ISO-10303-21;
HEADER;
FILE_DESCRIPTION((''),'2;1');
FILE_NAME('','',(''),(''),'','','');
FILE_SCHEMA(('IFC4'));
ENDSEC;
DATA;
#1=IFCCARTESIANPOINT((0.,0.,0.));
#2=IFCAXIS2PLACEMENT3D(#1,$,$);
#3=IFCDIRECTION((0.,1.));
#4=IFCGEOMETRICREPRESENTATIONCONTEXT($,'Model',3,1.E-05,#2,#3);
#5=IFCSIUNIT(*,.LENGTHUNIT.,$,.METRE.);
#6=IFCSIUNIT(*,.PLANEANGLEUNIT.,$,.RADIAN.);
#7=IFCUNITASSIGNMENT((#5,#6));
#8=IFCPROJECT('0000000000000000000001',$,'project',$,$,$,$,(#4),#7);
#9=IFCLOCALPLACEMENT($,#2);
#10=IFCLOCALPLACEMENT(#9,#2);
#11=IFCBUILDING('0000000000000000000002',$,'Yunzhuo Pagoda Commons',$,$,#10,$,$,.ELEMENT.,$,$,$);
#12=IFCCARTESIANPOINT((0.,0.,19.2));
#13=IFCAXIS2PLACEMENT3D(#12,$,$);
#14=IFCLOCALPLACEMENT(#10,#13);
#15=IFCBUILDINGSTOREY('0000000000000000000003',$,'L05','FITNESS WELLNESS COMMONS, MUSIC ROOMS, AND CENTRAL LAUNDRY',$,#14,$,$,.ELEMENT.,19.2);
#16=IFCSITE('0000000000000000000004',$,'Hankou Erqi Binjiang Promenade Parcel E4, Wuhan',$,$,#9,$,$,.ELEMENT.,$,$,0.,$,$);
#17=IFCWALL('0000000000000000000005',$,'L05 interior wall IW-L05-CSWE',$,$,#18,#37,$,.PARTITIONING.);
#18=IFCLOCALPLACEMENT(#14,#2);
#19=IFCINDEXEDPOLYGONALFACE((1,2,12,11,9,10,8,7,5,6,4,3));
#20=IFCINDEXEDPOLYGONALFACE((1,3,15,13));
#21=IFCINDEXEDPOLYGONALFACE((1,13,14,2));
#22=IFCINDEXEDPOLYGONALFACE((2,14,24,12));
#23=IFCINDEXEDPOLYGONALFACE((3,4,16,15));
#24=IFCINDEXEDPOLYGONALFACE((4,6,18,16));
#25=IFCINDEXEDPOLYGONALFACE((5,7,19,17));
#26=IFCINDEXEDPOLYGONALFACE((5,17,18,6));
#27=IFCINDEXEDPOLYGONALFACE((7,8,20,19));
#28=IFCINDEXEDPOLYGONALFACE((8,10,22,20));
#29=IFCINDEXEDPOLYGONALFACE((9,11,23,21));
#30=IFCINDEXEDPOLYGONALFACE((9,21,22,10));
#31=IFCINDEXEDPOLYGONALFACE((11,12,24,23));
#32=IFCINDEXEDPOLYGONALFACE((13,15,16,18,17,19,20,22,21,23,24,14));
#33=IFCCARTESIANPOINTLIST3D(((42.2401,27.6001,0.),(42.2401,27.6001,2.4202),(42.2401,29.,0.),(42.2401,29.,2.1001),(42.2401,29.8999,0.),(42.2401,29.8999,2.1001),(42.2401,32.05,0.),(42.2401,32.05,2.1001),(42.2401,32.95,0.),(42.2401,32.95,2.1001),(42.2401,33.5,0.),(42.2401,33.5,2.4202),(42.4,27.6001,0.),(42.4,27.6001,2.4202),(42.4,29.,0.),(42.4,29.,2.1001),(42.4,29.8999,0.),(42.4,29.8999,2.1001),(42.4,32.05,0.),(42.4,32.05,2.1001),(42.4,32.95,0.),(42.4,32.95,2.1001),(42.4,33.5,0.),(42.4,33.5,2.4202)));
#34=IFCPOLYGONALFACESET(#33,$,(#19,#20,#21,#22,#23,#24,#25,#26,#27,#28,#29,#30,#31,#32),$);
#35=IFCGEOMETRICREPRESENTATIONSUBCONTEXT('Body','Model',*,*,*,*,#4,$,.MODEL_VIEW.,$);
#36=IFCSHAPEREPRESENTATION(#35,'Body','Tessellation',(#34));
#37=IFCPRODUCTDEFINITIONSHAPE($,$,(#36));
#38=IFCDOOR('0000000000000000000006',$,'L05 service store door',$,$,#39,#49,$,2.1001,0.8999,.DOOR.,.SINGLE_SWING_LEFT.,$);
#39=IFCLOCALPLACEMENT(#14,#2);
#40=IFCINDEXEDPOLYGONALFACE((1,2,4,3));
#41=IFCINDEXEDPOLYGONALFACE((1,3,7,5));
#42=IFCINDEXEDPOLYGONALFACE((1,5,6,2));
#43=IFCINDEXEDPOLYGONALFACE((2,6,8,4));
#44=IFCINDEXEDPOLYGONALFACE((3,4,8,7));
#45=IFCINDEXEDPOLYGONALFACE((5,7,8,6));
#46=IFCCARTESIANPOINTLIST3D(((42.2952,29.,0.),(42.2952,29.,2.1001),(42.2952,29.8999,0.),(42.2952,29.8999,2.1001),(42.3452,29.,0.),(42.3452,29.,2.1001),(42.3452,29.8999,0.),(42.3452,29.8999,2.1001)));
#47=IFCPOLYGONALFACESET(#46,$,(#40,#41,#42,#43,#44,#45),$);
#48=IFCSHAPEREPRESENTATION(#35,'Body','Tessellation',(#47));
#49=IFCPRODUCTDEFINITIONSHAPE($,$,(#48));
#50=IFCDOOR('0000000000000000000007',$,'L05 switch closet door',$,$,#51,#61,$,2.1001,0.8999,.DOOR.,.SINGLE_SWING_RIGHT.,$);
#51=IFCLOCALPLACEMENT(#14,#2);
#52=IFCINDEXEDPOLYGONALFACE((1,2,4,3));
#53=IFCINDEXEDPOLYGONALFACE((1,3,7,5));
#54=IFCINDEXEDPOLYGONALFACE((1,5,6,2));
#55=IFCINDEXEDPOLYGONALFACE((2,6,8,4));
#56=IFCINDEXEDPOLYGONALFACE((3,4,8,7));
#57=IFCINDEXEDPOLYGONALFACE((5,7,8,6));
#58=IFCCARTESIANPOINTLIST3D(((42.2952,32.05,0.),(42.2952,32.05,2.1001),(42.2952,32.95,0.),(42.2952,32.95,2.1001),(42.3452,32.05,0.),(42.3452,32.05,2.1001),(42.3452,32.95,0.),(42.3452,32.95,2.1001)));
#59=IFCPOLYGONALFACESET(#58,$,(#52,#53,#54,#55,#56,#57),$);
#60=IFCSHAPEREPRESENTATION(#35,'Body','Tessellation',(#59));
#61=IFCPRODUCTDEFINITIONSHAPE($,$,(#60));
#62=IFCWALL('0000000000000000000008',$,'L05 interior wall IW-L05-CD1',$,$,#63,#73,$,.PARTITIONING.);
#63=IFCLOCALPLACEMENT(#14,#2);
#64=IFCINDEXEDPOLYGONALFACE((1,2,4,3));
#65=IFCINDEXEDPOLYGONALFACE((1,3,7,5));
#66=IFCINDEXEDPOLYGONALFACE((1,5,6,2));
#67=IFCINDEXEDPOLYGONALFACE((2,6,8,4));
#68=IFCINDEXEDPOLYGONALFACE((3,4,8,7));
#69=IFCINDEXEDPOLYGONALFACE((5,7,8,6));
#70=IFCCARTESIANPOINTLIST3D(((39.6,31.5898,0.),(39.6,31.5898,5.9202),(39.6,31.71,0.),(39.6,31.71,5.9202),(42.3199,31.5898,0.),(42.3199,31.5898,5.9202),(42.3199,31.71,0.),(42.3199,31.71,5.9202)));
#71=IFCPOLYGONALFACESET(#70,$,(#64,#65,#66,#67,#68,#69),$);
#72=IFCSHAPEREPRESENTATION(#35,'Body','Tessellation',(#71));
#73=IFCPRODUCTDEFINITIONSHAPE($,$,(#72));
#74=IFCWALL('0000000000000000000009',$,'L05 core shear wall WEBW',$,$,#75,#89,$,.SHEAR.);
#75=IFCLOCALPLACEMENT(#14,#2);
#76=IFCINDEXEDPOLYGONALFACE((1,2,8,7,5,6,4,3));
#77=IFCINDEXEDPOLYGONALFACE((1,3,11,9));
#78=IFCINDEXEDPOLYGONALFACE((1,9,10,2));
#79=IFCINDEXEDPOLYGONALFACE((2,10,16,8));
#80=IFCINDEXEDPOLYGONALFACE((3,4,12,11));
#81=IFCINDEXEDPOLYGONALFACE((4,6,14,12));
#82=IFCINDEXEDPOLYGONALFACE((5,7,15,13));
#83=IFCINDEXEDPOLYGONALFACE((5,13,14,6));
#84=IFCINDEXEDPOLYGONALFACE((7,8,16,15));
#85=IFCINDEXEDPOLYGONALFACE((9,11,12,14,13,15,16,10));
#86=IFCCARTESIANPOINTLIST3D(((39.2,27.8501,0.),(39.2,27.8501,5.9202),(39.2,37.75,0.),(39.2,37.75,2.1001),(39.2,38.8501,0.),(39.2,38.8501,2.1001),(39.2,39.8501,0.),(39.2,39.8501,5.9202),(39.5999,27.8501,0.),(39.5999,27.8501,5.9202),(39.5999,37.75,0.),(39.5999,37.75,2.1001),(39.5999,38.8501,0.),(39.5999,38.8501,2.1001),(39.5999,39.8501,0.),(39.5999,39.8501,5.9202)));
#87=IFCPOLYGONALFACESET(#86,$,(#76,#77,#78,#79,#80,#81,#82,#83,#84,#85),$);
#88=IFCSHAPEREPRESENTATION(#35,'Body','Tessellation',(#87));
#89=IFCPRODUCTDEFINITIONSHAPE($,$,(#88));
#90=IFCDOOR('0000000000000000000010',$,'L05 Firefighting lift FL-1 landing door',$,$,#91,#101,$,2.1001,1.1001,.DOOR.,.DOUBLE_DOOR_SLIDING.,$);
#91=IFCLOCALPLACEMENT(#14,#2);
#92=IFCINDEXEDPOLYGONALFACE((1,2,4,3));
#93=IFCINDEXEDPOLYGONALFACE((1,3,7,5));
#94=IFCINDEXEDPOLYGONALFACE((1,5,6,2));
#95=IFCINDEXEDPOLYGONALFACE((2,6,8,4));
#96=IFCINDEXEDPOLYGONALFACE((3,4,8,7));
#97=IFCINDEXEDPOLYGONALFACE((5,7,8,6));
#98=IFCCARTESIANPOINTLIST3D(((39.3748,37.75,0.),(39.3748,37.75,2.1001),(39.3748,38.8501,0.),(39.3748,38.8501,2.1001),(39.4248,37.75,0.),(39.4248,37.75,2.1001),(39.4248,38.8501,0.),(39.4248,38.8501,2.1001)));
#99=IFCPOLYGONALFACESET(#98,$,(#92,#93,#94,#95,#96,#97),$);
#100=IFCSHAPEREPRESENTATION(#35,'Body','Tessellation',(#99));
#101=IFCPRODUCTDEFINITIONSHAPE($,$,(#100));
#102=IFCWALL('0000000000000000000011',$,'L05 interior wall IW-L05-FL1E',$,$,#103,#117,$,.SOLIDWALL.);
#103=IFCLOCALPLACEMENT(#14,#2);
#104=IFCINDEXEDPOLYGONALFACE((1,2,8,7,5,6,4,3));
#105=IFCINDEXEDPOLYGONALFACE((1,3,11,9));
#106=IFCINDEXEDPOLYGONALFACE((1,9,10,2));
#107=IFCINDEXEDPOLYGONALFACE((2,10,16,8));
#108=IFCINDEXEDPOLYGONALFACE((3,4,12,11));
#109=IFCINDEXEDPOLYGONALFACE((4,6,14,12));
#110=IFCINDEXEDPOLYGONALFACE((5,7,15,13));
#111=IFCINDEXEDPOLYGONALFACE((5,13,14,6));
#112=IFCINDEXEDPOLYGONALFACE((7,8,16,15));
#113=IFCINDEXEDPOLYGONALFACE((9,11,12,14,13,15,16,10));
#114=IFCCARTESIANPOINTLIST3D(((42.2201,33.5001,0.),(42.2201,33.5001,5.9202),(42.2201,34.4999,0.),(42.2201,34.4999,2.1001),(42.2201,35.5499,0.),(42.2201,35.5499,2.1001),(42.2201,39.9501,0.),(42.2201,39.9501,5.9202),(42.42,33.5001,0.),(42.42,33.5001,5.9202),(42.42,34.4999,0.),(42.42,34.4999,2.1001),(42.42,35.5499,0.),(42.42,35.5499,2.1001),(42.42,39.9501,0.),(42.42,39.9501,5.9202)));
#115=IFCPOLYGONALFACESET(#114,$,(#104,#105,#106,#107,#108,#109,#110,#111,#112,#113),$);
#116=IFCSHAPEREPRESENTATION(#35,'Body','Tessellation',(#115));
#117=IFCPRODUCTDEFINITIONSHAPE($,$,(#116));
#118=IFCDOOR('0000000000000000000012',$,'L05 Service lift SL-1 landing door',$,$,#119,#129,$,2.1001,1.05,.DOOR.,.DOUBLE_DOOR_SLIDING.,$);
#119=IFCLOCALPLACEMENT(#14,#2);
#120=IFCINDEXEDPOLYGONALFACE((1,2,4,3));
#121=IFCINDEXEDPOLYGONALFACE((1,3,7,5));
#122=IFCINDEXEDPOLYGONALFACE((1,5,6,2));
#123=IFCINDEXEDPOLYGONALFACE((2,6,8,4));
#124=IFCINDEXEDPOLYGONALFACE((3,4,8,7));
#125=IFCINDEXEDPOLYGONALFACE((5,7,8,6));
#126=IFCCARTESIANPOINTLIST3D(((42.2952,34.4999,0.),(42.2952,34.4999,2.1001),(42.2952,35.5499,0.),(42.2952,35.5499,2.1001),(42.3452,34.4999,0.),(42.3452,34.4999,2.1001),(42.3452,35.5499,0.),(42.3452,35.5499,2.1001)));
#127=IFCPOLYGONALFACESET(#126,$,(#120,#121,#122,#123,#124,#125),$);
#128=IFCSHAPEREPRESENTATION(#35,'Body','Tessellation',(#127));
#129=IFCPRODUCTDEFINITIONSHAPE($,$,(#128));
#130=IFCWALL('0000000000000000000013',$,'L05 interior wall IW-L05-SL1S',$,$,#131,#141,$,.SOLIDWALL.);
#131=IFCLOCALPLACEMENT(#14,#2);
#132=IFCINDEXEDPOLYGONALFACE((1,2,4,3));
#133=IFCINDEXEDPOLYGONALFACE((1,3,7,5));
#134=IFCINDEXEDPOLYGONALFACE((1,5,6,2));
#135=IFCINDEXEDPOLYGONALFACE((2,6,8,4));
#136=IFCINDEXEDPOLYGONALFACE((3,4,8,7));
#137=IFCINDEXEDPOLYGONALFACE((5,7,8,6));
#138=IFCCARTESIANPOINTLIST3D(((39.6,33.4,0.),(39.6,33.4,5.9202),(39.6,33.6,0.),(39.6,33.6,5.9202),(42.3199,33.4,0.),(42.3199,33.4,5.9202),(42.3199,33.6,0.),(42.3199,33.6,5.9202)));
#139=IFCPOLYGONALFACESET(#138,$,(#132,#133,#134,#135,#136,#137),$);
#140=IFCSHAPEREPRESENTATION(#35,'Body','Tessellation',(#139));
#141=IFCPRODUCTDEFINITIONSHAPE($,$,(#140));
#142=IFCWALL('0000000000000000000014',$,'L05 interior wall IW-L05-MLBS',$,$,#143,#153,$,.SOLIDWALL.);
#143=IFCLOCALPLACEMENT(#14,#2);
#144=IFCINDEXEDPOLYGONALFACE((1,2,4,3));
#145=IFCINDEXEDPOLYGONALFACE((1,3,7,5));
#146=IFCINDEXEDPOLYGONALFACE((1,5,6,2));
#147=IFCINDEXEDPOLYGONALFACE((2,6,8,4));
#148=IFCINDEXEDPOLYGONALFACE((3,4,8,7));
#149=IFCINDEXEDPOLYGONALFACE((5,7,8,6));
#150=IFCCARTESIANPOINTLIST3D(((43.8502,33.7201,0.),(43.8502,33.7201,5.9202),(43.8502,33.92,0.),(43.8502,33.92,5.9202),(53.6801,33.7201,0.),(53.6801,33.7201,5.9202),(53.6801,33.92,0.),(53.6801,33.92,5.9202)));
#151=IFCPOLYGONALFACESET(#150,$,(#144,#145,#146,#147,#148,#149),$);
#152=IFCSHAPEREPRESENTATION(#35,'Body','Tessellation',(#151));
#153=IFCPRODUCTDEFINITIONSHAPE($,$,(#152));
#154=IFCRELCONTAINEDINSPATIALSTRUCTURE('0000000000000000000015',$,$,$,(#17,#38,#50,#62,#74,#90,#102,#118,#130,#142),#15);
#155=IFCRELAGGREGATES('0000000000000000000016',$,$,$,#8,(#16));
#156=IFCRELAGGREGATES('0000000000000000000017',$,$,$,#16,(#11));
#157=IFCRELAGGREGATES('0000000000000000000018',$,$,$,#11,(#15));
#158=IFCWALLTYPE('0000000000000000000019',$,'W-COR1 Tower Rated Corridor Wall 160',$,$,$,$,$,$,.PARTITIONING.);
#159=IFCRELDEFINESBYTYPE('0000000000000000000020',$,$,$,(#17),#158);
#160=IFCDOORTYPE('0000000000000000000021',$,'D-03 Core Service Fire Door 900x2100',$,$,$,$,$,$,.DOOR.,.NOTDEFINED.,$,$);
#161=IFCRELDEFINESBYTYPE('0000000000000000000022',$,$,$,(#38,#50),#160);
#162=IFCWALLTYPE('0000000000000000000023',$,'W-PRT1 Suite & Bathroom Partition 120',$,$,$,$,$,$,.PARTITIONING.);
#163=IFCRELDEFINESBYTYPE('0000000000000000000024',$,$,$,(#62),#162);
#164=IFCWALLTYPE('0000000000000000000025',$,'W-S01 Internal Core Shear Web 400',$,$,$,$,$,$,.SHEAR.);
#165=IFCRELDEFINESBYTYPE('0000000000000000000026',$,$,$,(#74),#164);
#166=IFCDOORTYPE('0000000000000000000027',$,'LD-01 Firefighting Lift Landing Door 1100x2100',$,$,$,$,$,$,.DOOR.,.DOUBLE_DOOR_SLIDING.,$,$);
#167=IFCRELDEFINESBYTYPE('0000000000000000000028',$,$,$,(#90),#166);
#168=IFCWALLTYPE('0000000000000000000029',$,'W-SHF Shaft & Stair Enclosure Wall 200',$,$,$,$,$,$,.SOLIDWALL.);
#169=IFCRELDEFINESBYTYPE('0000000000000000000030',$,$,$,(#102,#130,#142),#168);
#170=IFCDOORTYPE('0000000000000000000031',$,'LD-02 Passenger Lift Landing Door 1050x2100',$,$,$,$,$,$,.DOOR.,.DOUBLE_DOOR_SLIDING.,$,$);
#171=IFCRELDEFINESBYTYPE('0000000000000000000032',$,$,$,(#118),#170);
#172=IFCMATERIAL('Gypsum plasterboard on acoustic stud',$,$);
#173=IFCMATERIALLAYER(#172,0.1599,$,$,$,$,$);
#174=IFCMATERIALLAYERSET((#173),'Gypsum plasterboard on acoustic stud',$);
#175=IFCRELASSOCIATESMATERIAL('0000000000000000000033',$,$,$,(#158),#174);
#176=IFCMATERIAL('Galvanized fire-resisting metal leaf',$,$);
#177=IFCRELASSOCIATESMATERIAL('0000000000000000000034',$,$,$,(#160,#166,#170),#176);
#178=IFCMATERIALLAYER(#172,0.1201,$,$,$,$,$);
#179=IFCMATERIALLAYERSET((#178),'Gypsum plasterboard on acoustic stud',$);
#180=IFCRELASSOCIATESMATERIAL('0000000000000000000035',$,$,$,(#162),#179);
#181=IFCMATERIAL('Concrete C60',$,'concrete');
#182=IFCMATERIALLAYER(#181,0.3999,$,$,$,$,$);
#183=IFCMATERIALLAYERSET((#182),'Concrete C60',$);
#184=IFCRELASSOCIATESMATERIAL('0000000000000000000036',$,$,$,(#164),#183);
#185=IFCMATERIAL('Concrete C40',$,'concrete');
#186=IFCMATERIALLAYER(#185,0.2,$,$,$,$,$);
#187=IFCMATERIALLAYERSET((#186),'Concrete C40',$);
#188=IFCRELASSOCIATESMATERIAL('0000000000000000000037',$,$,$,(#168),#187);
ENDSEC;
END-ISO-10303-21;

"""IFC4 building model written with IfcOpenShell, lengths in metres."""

from ifc_helpers import new_model, si_unit, direction, frame, frame_2d, origin, origin_with_axes, place, context, subcontext, project, spatial, rectangle, extrude, source, transform, mapped, material, layer, layer_set, type_object, element, fill, save


model = new_model("IFC4")

# Units and contexts
model_context = context("Model", 3, precision=1e-05, world=origin(), true_north=direction((0.0, 1.0)))
body_context = subcontext(model_context, "Body", "Model", "MODEL_VIEW")
ifc_project = project(units=[si_unit("LENGTHUNIT", "METRE"), si_unit("PLANEANGLEUNIT", "RADIAN")], contexts=[model_context])

# Site, building, storey
site_placement = place(None, origin())
site = spatial("IfcSite", under=ifc_project, at=site_placement, Name="Hankou Erqi Binjiang Promenade Parcel E4, Wuhan", CompositionType="ELEMENT", RefElevation=0.0)
building_placement = place(site_placement, origin())
building = spatial("IfcBuilding", under=site, at=building_placement, Name="Yunzhuo Pagoda Commons", CompositionType="ELEMENT")
storey_placement = place(building_placement, frame((0.0, 0.0, 19.2)))
storey = spatial("IfcBuildingStorey", under=building, at=storey_placement, Name="L05", Description="FITNESS WELLNESS COMMONS, MUSIC ROOMS, AND CENTRAL LAUNDRY", CompositionType="ELEMENT", Elevation=19.2)

# Shared definitions
ifc_material_1 = material(Name="Concrete C60", Category="concrete")

# Wall, openings, doors
ifc_material_2 = material(Name="Gypsum plasterboard on acoustic stud")
ifc_layer_1 = layer(ifc_material_2, 0.1599)
ifc_layer_set_1 = layer_set([ifc_layer_1], Name="Gypsum plasterboard on acoustic stud")
wall_type_1 = type_object("IfcWallType", Name="W-COR1 Tower Rated Corridor Wall 160", PredefinedType="PARTITIONING", material=ifc_layer_set_1)
wall_1_placement = place(storey_placement, frame((42.3201, 27.6001, 0.0), z_axis=(0.0, 0.0, 1.0), x_axis=(0.0, 1.0, 0.0)))
wall_1 = element("IfcWall", 1, at=wall_1_placement, inside=storey, type_object=wall_type_1, Name="L05 interior wall IW-L05-CSWE", PredefinedType="PARTITIONING", context=body_context, shape_type="SweptSolid", body=[
    extrude(rectangle(XDim=5.8999, YDim=0.1599, at=frame_2d((2.95, 0.0))), origin(), (0.0, 0.0, 1.0), 2.4202),
])
opening_1_placement = place(wall_1_placement, frame((1.3999, 0.0, 0.0)))
opening_1 = element("IfcOpeningElement", 2, at=opening_1_placement, cuts=wall_1, PredefinedType="OPENING", context=body_context, shape_type="SweptSolid", body=[
    extrude(rectangle(XDim=0.8999, YDim=2.1001, at=frame_2d((0.45, 1.05))), frame((0.0, 0.0898, 0.0), z_axis=(0.0, -1.0, 0.0), x_axis=(1.0, 0.0, 0.0)), (0.0, 0.0, 1.0), 0.1799),
])
opening_2_placement = place(wall_1_placement, frame((4.45, 0.0, 0.0)))
opening_2 = element("IfcOpeningElement", 3, at=opening_2_placement, cuts=wall_1, PredefinedType="OPENING", context=body_context, shape_type="SweptSolid", body=[
    extrude(rectangle(XDim=0.8999, YDim=2.1001, at=frame_2d((0.45, 1.05))), frame((0.0, 0.0898, 0.0), z_axis=(0.0, -1.0, 0.0), x_axis=(1.0, 0.0, 0.0)), (0.0, 0.0, 1.0), 0.1799),
])
ifc_material_3 = material(Name="Galvanized fire-resisting metal leaf")
door_type_1 = type_object("IfcDoorType", Name="D-03 Core Service Fire Door 900x2100", OperationType="NOTDEFINED", PredefinedType="DOOR", material=ifc_material_3)
shared_shape_1 = source(origin(), body_context, "Body", "SweptSolid", [
    extrude(rectangle(XDim=0.8999, YDim=2.1001, at=frame_2d((0.45, 1.05))), frame((0.0, 0.0249, 0.0), z_axis=(0.0, -1.0, 0.0), x_axis=(1.0, 0.0, 0.0)), (0.0, 0.0, 1.0), 0.05),
])
door_1_placement = place(opening_1_placement, origin_with_axes())
door_1 = element("IfcDoor", 4, at=door_1_placement, inside=storey, type_object=door_type_1, Name="L05 service store door", OperationType="SINGLE_SWING_LEFT", OverallHeight=2.1001, OverallWidth=0.8999, PredefinedType="DOOR", context=body_context, shape_type="MappedRepresentation", body=[
    mapped(shared_shape_1, transform((0.0, 0.0, 0.0), scale=1.0)),
])
fill(opening_1, door_1)
door_2_placement = place(opening_2_placement, origin_with_axes())
door_2 = element("IfcDoor", 5, at=door_2_placement, inside=storey, type_object=door_type_1, Name="L05 switch closet door", OperationType="SINGLE_SWING_RIGHT", OverallHeight=2.1001, OverallWidth=0.8999, PredefinedType="DOOR", context=body_context, shape_type="MappedRepresentation", body=[
    mapped(shared_shape_1, transform((0.0, 0.0, 0.0), scale=1.0)),
])
fill(opening_2, door_2)

# Wall
ifc_layer_2 = layer(ifc_material_2, 0.1201)
ifc_layer_set_2 = layer_set([ifc_layer_2], Name="Gypsum plasterboard on acoustic stud")
wall_type_2 = type_object("IfcWallType", Name="W-PRT1 Suite & Bathroom Partition 120", PredefinedType="PARTITIONING", material=ifc_layer_set_2)
wall_2_placement = place(storey_placement, frame((39.6001, 31.6499, 0.0), z_axis=(0.0, 0.0, 1.0), x_axis=(1.0, 0.0, 0.0)))
element("IfcWall", 6, at=wall_2_placement, inside=storey, type_object=wall_type_2, Name="L05 interior wall IW-L05-CD1", PredefinedType="PARTITIONING", context=body_context, shape_type="SweptSolid", body=[
    extrude(rectangle(XDim=2.72, YDim=0.1201, at=frame_2d((1.3599, 0.0))), origin(), (0.0, 0.0, 1.0), 5.9202),
])

# Walls, openings, doors
ifc_layer_3 = layer(ifc_material_1, 0.3999)
ifc_layer_set_3 = layer_set([ifc_layer_3], Name="Concrete C60")
wall_type_3 = type_object("IfcWallType", Name="W-S01 Internal Core Shear Web 400", PredefinedType="SHEAR", material=ifc_layer_set_3)
wall_3_placement = place(storey_placement, frame((39.3999, 27.8501, 0.0), z_axis=(0.0, 0.0, 1.0), x_axis=(0.0, 1.0, 0.0)))
wall_3 = element("IfcWall", 7, at=wall_3_placement, inside=storey, type_object=wall_type_3, Name="L05 core shear wall WEBW", PredefinedType="SHEAR", context=body_context, shape_type="SweptSolid", body=[
    extrude(rectangle(XDim=12.0, YDim=0.3999, at=frame_2d((6.0, 0.0))), origin(), (0.0, 0.0, 1.0), 5.9202),
])
opening_3_placement = place(wall_3_placement, frame((9.8999, 0.0, 0.0)))
opening_3 = element("IfcOpeningElement", 8, at=opening_3_placement, cuts=wall_3, PredefinedType="OPENING", context=body_context, shape_type="SweptSolid", body=[
    extrude(rectangle(XDim=1.1001, YDim=2.1001, at=frame_2d((0.55, 1.05))), frame((0.0, 0.21, 0.0), z_axis=(0.0, -1.0, 0.0), x_axis=(1.0, 0.0, 0.0)), (0.0, 0.0, 1.0), 0.4199),
])
door_type_2 = type_object("IfcDoorType", Name="LD-01 Firefighting Lift Landing Door 1100x2100", OperationType="DOUBLE_DOOR_SLIDING", PredefinedType="DOOR", material=ifc_material_3)
shared_shape_2 = source(origin(), body_context, "Body", "SweptSolid", [
    extrude(rectangle(XDim=1.1001, YDim=2.1001, at=frame_2d((0.55, 1.05))), frame((0.0, 0.0249, 0.0), z_axis=(0.0, -1.0, 0.0), x_axis=(1.0, 0.0, 0.0)), (0.0, 0.0, 1.0), 0.05),
])
door_3_placement = place(opening_3_placement, frame((1.1001, 0.0, 0.0), z_axis=(0.0, 0.0, 1.0), x_axis=(-1.0, 0.0, 0.0)))
door_3 = element("IfcDoor", 9, at=door_3_placement, inside=storey, type_object=door_type_2, Name="L05 Firefighting lift FL-1 landing door", OperationType="DOUBLE_DOOR_SLIDING", OverallHeight=2.1001, OverallWidth=1.1001, PredefinedType="DOOR", context=body_context, shape_type="MappedRepresentation", body=[
    mapped(shared_shape_2, transform((0.0, 0.0, 0.0), scale=1.0)),
])
fill(opening_3, door_3)
ifc_material_4 = material(Name="Concrete C40", Category="concrete")
ifc_layer_4 = layer(ifc_material_4, 0.2)
ifc_layer_set_4 = layer_set([ifc_layer_4], Name="Concrete C40")
wall_type_4 = type_object("IfcWallType", Name="W-SHF Shaft & Stair Enclosure Wall 200", PredefinedType="SOLIDWALL", material=ifc_layer_set_4)
wall_4_placement = place(storey_placement, frame((42.3201, 33.5, 0.0), z_axis=(0.0, 0.0, 1.0), x_axis=(0.0, 1.0, 0.0)))
wall_4 = element("IfcWall", 10, at=wall_4_placement, inside=storey, type_object=wall_type_4, Name="L05 interior wall IW-L05-FL1E", PredefinedType="SOLIDWALL", context=body_context, shape_type="SweptSolid", body=[
    extrude(rectangle(XDim=6.45, YDim=0.2, at=frame_2d((3.2251, 0.0))), origin(), (0.0, 0.0, 1.0), 5.9202),
])
opening_4_placement = place(wall_4_placement, frame((1.0, 0.0, 0.0)))
opening_4 = element("IfcOpeningElement", 11, at=opening_4_placement, cuts=wall_4, PredefinedType="OPENING", context=body_context, shape_type="SweptSolid", body=[
    extrude(rectangle(XDim=1.05, YDim=2.1001, at=frame_2d((0.5249, 1.05))), frame((0.0, 0.1099, 0.0), z_axis=(0.0, -1.0, 0.0), x_axis=(1.0, 0.0, 0.0)), (0.0, 0.0, 1.0), 0.22),
])
door_type_3 = type_object("IfcDoorType", Name="LD-02 Passenger Lift Landing Door 1050x2100", OperationType="DOUBLE_DOOR_SLIDING", PredefinedType="DOOR", material=ifc_material_3)
shared_shape_3 = source(origin(), body_context, "Body", "SweptSolid", [
    extrude(rectangle(XDim=1.05, YDim=2.1001, at=frame_2d((0.5249, 1.05))), frame((0.0, 0.0249, 0.0), z_axis=(0.0, -1.0, 0.0), x_axis=(1.0, 0.0, 0.0)), (0.0, 0.0, 1.0), 0.05),
])
door_4_placement = place(opening_4_placement, origin_with_axes())
door_4 = element("IfcDoor", 12, at=door_4_placement, inside=storey, type_object=door_type_3, Name="L05 Service lift SL-1 landing door", OperationType="DOUBLE_DOOR_SLIDING", OverallHeight=2.1001, OverallWidth=1.05, PredefinedType="DOOR", context=body_context, shape_type="MappedRepresentation", body=[
    mapped(shared_shape_3, transform((0.0, 0.0, 0.0), scale=1.0)),
])
fill(opening_4, door_4)

# Walls
wall_5_placement = place(storey_placement, frame((39.6001, 33.5, 0.0), z_axis=(0.0, 0.0, 1.0), x_axis=(1.0, 0.0, 0.0)))
element("IfcWall", 13, at=wall_5_placement, inside=storey, type_object=wall_type_4, Name="L05 interior wall IW-L05-SL1S", PredefinedType="SOLIDWALL", context=body_context, shape_type="SweptSolid", body=[
    extrude(rectangle(XDim=2.72, YDim=0.2, at=frame_2d((1.3599, 0.0))), origin(), (0.0, 0.0, 1.0), 5.9202),
])
wall_6_placement = place(storey_placement, frame((43.8501, 33.8201, 0.0), z_axis=(0.0, 0.0, 1.0), x_axis=(1.0, 0.0, 0.0)))
element("IfcWall", 14, at=wall_6_placement, inside=storey, type_object=wall_type_4, Name="L05 interior wall IW-L05-MLBS", PredefinedType="SOLIDWALL", context=body_context, shape_type="SweptSolid", body=[
    extrude(rectangle(XDim=9.8298, YDim=0.2, at=frame_2d((4.915, 0.0))), origin(), (0.0, 0.0, 1.0), 5.9202),
])

save(model, "model.ifc")
